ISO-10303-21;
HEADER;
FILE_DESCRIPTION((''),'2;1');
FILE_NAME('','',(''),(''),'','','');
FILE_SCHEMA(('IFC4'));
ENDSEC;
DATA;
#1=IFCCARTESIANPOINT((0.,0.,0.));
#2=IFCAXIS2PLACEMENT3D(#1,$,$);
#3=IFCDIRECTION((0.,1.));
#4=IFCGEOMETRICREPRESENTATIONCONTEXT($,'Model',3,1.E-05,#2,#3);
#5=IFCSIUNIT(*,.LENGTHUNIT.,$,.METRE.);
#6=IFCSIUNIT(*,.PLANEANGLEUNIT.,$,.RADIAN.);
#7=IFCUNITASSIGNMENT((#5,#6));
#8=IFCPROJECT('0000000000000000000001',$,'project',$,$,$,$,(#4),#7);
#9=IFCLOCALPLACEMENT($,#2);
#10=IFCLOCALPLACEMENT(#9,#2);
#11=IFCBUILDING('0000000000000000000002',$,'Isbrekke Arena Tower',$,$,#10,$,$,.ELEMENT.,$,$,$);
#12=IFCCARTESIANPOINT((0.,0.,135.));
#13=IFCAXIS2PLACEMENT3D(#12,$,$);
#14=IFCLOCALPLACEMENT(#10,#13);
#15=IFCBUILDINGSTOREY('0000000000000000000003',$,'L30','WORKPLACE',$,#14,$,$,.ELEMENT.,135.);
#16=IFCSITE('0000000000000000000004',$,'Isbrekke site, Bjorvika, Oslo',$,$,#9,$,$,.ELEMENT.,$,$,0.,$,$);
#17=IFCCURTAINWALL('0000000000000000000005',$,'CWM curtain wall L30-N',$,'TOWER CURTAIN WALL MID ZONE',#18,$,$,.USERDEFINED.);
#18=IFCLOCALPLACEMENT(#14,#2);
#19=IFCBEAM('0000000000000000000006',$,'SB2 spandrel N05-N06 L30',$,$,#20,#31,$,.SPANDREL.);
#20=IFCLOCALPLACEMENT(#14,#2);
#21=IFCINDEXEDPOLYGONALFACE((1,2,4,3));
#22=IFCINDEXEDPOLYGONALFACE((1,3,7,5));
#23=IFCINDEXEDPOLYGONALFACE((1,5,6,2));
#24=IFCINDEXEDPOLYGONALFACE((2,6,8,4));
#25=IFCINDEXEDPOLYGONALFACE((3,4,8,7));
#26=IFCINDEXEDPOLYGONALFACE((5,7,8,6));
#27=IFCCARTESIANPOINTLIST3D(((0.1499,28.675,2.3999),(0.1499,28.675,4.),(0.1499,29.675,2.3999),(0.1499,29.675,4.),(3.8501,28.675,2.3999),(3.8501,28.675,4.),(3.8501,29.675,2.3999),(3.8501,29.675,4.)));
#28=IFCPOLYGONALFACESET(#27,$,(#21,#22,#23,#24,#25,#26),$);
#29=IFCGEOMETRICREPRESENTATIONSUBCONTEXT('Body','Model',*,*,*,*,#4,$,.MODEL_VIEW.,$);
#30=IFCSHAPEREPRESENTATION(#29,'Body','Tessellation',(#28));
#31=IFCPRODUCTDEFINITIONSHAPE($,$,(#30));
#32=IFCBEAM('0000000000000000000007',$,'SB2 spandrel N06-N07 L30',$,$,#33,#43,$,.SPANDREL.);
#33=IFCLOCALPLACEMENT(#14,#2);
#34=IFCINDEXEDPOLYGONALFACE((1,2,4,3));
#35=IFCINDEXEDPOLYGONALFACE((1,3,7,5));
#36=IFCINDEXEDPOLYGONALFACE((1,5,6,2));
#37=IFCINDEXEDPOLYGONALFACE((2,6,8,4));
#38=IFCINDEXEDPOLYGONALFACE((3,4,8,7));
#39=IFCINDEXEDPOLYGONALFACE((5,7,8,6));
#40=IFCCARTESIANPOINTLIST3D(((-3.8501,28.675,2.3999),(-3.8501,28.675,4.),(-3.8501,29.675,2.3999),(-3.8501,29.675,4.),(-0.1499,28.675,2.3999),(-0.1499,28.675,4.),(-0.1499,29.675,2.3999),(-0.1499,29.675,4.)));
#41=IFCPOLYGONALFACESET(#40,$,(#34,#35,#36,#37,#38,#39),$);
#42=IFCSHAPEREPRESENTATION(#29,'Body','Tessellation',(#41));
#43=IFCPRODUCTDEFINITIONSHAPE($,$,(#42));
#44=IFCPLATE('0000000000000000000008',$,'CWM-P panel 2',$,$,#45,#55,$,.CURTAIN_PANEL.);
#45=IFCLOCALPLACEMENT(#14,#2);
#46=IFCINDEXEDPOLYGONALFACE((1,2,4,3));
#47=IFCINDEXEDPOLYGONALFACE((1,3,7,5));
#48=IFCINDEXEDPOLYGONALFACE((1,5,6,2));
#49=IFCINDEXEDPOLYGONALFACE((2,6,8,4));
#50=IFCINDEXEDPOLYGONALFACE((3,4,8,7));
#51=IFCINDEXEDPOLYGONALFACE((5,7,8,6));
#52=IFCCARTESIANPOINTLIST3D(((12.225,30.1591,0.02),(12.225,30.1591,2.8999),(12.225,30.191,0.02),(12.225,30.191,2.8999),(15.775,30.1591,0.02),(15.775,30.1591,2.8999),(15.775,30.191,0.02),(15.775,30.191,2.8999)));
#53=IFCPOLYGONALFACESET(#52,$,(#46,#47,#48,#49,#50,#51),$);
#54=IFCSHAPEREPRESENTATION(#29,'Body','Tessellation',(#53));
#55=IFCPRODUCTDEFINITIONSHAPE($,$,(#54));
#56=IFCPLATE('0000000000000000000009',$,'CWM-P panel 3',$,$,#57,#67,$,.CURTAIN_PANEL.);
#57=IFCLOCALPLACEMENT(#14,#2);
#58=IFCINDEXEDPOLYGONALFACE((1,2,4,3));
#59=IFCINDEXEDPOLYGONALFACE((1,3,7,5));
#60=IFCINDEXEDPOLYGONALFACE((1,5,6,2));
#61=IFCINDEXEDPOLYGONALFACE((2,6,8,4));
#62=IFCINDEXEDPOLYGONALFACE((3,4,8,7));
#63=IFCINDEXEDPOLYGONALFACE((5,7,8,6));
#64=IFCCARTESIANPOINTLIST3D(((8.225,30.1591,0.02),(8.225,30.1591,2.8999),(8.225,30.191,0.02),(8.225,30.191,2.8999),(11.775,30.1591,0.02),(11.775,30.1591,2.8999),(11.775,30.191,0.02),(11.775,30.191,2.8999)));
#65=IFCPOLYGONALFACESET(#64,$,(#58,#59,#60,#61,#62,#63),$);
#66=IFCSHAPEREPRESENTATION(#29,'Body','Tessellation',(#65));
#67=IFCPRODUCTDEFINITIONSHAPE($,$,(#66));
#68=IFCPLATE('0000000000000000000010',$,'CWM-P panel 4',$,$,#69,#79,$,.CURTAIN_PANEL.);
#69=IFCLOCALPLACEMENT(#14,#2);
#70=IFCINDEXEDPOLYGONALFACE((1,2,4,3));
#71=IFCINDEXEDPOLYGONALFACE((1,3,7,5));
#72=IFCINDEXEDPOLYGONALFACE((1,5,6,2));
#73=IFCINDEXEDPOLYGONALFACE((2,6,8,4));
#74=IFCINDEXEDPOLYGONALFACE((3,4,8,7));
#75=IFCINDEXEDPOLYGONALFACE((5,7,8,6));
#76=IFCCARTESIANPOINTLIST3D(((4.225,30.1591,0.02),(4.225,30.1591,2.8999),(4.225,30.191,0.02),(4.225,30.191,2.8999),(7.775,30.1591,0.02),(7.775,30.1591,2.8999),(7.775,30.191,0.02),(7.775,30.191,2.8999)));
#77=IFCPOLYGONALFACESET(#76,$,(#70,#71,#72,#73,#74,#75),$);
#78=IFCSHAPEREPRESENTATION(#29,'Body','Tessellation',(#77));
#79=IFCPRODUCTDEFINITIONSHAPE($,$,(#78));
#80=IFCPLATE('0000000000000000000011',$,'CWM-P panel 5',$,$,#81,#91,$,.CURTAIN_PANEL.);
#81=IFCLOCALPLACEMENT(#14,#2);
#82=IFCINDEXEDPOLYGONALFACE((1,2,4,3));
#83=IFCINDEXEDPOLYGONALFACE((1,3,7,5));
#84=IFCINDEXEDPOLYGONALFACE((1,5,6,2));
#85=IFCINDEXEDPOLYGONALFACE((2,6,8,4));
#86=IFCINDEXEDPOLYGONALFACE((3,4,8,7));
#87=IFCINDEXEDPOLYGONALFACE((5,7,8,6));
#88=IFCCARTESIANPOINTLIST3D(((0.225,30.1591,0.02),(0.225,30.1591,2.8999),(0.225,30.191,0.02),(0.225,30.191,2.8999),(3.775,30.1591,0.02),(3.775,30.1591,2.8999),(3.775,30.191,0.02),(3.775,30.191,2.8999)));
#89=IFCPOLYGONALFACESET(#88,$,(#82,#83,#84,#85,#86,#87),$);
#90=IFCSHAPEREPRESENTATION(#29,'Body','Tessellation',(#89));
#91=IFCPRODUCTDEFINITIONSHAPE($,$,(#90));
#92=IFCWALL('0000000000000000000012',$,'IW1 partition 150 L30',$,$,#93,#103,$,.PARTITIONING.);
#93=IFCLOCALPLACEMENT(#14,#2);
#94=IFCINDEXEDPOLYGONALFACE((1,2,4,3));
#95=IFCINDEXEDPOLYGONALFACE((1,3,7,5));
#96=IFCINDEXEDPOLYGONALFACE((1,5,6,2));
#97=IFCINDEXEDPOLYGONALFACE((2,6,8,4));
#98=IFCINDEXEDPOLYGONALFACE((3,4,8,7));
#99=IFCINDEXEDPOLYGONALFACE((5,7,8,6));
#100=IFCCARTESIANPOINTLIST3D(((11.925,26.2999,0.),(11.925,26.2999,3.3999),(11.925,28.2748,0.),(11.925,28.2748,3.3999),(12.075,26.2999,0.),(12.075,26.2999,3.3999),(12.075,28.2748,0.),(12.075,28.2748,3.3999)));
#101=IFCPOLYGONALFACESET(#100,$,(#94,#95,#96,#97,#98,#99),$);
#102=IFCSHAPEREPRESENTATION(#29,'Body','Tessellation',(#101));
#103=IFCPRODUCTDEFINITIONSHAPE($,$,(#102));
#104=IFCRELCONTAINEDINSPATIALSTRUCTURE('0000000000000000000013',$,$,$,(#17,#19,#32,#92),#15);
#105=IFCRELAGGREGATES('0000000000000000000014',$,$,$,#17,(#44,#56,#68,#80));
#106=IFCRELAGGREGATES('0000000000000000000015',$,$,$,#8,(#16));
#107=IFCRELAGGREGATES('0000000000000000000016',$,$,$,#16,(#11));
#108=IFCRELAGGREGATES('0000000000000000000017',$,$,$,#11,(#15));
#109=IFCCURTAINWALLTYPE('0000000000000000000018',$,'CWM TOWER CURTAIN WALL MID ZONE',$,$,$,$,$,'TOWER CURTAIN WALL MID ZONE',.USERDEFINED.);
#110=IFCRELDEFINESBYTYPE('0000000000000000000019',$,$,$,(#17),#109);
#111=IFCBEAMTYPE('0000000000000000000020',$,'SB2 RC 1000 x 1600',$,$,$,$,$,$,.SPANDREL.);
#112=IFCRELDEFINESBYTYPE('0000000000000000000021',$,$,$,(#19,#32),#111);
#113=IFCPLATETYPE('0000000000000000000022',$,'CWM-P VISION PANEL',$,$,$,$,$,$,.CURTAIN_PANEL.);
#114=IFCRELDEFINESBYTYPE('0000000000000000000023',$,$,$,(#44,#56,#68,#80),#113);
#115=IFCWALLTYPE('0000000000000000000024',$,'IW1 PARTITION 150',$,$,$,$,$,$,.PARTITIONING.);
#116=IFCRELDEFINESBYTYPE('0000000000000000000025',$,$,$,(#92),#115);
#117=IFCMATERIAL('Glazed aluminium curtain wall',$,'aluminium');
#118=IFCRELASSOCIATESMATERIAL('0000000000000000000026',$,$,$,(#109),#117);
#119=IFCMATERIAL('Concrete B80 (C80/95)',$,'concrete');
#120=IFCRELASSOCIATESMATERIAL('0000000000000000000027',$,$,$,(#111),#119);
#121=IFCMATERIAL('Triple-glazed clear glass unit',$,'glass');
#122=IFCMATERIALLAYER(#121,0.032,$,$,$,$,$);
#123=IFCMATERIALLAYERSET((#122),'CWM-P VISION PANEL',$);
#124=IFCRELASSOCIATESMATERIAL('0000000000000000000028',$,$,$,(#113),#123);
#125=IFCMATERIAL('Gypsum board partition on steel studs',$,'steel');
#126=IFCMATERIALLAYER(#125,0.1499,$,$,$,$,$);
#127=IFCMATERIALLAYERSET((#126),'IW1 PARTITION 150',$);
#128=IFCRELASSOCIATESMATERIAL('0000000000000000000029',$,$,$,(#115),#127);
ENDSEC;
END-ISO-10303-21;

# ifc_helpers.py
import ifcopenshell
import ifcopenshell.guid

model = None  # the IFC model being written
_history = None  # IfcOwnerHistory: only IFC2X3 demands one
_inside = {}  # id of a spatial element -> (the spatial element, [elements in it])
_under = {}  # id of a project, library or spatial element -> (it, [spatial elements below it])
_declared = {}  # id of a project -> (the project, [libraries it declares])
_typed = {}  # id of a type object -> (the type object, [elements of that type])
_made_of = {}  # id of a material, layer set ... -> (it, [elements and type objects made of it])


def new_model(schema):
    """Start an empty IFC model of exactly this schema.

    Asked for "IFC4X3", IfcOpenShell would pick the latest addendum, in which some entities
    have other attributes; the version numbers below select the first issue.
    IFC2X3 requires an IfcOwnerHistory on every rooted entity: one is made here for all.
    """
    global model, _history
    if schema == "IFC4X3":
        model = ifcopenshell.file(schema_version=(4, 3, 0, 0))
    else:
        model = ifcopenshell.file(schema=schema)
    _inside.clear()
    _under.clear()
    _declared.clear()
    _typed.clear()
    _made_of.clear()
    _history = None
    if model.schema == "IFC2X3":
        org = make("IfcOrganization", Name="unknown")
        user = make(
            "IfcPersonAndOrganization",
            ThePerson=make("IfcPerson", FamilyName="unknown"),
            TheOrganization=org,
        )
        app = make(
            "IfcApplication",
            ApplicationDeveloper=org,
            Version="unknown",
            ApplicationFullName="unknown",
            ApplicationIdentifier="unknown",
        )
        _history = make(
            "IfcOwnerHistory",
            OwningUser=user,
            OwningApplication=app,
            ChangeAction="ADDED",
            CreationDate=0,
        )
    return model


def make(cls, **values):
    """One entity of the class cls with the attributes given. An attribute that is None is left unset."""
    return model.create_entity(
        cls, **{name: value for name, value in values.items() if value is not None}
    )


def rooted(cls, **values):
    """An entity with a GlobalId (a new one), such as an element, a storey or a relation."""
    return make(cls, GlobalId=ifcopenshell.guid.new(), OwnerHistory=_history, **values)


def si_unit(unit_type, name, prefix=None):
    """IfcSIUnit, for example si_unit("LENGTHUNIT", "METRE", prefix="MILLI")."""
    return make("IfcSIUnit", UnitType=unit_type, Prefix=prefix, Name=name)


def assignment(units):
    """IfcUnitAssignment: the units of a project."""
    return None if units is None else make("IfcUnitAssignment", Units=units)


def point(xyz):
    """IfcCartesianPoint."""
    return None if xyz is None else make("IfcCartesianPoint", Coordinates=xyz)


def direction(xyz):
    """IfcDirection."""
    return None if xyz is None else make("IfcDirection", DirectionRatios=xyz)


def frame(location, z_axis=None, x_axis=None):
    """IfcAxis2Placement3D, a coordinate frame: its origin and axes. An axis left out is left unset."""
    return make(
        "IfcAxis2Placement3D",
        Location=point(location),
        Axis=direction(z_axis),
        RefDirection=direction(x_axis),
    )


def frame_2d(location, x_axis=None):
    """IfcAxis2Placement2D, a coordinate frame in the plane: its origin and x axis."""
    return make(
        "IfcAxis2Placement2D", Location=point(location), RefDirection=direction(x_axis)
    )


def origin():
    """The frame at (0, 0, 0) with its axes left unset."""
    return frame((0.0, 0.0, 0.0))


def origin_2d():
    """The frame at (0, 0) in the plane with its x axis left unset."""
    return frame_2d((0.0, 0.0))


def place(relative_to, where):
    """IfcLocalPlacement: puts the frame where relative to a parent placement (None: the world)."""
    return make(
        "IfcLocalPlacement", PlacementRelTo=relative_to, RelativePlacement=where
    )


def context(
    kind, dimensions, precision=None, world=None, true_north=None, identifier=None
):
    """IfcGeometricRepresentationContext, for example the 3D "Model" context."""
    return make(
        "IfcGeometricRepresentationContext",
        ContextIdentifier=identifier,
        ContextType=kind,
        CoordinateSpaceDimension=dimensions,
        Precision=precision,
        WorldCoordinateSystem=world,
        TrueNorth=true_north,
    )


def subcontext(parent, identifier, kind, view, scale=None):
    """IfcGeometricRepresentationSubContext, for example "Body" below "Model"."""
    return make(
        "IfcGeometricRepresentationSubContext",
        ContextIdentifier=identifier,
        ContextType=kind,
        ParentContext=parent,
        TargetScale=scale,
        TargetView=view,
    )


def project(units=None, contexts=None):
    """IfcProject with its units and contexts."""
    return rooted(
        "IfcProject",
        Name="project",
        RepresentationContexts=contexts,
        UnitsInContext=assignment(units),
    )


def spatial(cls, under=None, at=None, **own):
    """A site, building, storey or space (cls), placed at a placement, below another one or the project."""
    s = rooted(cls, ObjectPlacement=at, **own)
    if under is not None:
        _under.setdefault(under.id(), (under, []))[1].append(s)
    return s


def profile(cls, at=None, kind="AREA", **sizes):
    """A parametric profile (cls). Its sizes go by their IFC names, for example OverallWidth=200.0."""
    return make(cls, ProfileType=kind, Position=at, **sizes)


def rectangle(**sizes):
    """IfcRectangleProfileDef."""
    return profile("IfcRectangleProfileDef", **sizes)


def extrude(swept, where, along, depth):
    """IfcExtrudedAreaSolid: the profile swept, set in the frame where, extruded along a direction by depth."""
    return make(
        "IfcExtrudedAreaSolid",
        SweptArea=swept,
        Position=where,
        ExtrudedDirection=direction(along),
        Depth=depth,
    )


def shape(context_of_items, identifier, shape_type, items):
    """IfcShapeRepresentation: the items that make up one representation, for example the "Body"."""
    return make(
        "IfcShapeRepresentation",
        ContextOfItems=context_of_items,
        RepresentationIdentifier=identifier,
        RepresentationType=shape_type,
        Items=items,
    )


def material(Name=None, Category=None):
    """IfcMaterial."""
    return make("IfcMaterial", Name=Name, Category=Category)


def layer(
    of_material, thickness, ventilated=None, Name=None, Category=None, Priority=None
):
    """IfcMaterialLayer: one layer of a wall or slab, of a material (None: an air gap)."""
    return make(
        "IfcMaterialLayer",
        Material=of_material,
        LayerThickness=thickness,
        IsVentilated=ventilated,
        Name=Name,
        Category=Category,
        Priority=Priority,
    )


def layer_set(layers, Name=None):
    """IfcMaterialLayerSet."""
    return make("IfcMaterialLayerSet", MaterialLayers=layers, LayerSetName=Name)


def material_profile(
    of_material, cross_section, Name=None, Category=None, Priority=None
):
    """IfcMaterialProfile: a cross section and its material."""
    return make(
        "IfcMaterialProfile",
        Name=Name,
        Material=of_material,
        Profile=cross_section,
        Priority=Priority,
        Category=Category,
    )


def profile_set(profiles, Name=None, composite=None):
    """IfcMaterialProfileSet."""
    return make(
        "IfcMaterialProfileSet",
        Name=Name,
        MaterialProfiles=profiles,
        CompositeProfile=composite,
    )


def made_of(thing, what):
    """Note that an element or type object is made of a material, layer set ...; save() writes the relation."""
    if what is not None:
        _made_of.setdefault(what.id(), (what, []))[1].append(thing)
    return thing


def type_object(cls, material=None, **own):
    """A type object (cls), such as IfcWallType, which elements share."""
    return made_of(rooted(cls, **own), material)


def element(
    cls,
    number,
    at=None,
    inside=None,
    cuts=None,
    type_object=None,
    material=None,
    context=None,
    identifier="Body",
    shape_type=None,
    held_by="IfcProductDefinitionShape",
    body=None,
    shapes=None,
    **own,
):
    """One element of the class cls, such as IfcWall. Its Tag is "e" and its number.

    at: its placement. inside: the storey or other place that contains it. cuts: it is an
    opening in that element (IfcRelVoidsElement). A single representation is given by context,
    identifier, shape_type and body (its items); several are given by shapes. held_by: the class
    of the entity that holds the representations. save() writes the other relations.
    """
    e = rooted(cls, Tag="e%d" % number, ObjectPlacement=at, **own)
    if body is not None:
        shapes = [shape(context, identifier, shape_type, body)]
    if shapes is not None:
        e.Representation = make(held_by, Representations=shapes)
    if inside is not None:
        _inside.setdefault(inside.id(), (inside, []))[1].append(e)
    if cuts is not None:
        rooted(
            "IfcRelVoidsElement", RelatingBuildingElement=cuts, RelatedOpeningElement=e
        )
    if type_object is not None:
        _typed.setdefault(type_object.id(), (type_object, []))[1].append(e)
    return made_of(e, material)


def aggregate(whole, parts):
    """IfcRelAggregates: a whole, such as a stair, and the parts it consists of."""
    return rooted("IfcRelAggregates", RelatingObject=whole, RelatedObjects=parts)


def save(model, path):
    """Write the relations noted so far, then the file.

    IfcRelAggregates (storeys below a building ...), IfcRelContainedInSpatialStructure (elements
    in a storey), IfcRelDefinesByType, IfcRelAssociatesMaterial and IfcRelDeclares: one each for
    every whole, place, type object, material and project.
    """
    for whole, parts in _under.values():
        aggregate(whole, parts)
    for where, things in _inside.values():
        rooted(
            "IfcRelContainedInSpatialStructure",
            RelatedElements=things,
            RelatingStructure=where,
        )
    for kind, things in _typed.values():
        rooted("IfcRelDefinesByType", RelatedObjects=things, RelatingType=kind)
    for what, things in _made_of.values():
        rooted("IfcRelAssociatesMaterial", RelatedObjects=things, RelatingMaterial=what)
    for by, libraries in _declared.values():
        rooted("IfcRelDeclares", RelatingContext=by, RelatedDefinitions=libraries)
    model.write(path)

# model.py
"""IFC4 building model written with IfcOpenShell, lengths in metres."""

from ifc_helpers import new_model, si_unit, direction, frame, frame_2d, origin, origin_2d, place, context, subcontext, project, spatial, rectangle, extrude, material, layer, layer_set, material_profile, profile_set, type_object, element, aggregate, save


model = new_model("IFC4")

# Units and contexts
model_context = context("Model", 3, precision=1e-05, world=origin(), true_north=direction((0.0, 1.0)))
body_context = subcontext(model_context, "Body", "Model", "MODEL_VIEW")
ifc_project = project(units=[si_unit("LENGTHUNIT", "METRE"), si_unit("PLANEANGLEUNIT", "RADIAN")], contexts=[model_context])

# Site, building, storey
site_placement = place(None, origin())
site = spatial("IfcSite", under=ifc_project, at=site_placement, Name="Isbrekke site, Bjorvika, Oslo", CompositionType="ELEMENT", RefElevation=0.0)
building_placement = place(site_placement, origin())
building = spatial("IfcBuilding", under=site, at=building_placement, Name="Isbrekke Arena Tower", CompositionType="ELEMENT")
storey_placement = place(building_placement, frame((0.0, 0.0, 135.0)))
storey = spatial("IfcBuildingStorey", under=building, at=storey_placement, Name="L30", Description="WORKPLACE", CompositionType="ELEMENT", Elevation=135.0)

# Curtain wall
ifc_material_1 = material(Name="Glazed aluminium curtain wall", Category="aluminium")
curtain_wall_type = type_object("IfcCurtainWallType", Name="CWM TOWER CURTAIN WALL MID ZONE", ElementType="TOWER CURTAIN WALL MID ZONE", PredefinedType="USERDEFINED", material=ifc_material_1)
curtain_wall_placement = place(storey_placement, origin())
curtain_wall = element("IfcCurtainWall", 1, at=curtain_wall_placement, inside=storey, type_object=curtain_wall_type, Name="CWM curtain wall L30-N", ObjectType="TOWER CURTAIN WALL MID ZONE", PredefinedType="USERDEFINED")

# Beams
ifc_material_2 = material(Name="Concrete B80 (C80/95)", Category="concrete")
ifc_material_profile_1 = material_profile(ifc_material_2, rectangle(XDim=1.0, YDim=1.6001, at=origin_2d()), Name="RC 1000x1600")
ifc_profile_set_1 = profile_set([ifc_material_profile_1], Name="Concrete B80 (C80/95)")
beam_type_1 = type_object("IfcBeamType", Name="SB2 RC 1000 x 1600", PredefinedType="SPANDREL", material=ifc_profile_set_1)
for number, where, z_axis, x_axis, name in (
    (2, (3.8501, 29.175, 3.2), (-1.0, 0.0, 0.0), (0.0, -1.0, 0.0), "SB2 spandrel N05-N06 L30"),
    (3, (-0.1499, 29.175, 3.2), (-1.0, 0.0, 0.0), (0.0, -1.0, 0.0), "SB2 spandrel N06-N07 L30"),
):
    element("IfcBeam", number, at=place(storey_placement, frame(where, z_axis=z_axis, x_axis=x_axis)), inside=storey, type_object=beam_type_1, Name=name, PredefinedType="SPANDREL", context=body_context, shape_type="SweptSolid", body=[
        extrude(rectangle(XDim=1.0, YDim=1.6001, at=origin_2d()), origin(), (0.0, 0.0, 1.0), 3.7002),
    ])

# Plates
ifc_material_3 = material(Name="Triple-glazed clear glass unit", Category="glass")
ifc_layer_1 = layer(ifc_material_3, 0.032)
ifc_layer_set_1 = layer_set([ifc_layer_1], Name="CWM-P VISION PANEL")
plate_type = type_object("IfcPlateType", Name="CWM-P VISION PANEL", PredefinedType="CURTAIN_PANEL", material=ifc_layer_set_1)
plate_1_placement = place(storey_placement, frame((14.0, 30.175, 0.02), z_axis=(0.0, 0.0, 1.0), x_axis=(-1.0, 0.0, 0.0)))
plate_1 = element("IfcPlate", 4, at=plate_1_placement, type_object=plate_type, Name="CWM-P panel 2", PredefinedType="CURTAIN_PANEL", context=body_context, shape_type="SweptSolid", body=[
    extrude(rectangle(XDim=3.55, YDim=0.032, at=origin_2d()), origin(), (0.0, 0.0, 1.0), 2.8799),
])
plate_2_placement = place(storey_placement, frame((10.0, 30.175, 0.02), z_axis=(0.0, 0.0, 1.0), x_axis=(-1.0, 0.0, 0.0)))
plate_2 = element("IfcPlate", 5, at=plate_2_placement, type_object=plate_type, Name="CWM-P panel 3", PredefinedType="CURTAIN_PANEL", context=body_context, shape_type="SweptSolid", body=[
    extrude(rectangle(XDim=3.55, YDim=0.032, at=origin_2d()), origin(), (0.0, 0.0, 1.0), 2.8799),
])
plate_3_placement = place(storey_placement, frame((6.0, 30.175, 0.02), z_axis=(0.0, 0.0, 1.0), x_axis=(-1.0, 0.0, 0.0)))
plate_3 = element("IfcPlate", 6, at=plate_3_placement, type_object=plate_type, Name="CWM-P panel 4", PredefinedType="CURTAIN_PANEL", context=body_context, shape_type="SweptSolid", body=[
    extrude(rectangle(XDim=3.55, YDim=0.032, at=origin_2d()), origin(), (0.0, 0.0, 1.0), 2.8799),
])
plate_4_placement = place(storey_placement, frame((2.0, 30.175, 0.02), z_axis=(0.0, 0.0, 1.0), x_axis=(-1.0, 0.0, 0.0)))
plate_4 = element("IfcPlate", 7, at=plate_4_placement, type_object=plate_type, Name="CWM-P panel 5", PredefinedType="CURTAIN_PANEL", context=body_context, shape_type="SweptSolid", body=[
    extrude(rectangle(XDim=3.55, YDim=0.032, at=origin_2d()), origin(), (0.0, 0.0, 1.0), 2.8799),
])
aggregate(curtain_wall, [plate_1, plate_2, plate_3, plate_4])

# Wall
ifc_material_4 = material(Name="Gypsum board partition on steel studs", Category="steel")
ifc_layer_2 = layer(ifc_material_4, 0.1499)
ifc_layer_set_2 = layer_set([ifc_layer_2], Name="IW1 PARTITION 150")
wall_type = type_object("IfcWallType", Name="IW1 PARTITION 150", PredefinedType="PARTITIONING", material=ifc_layer_set_2)
wall_placement = place(storey_placement, frame((12.0, 26.3, 0.0), z_axis=(0.0, 0.0, 1.0), x_axis=(0.0, 1.0, 0.0)))
element("IfcWall", 8, at=wall_placement, inside=storey, type_object=wall_type, Name="IW1 partition 150 L30", PredefinedType="PARTITIONING", context=body_context, shape_type="SweptSolid", body=[
    extrude(rectangle(XDim=1.9749, YDim=0.1499, at=frame_2d((0.9873, 0.0))), origin(), (0.0, 0.0, 1.0), 3.3999),
])

save(model, "model.ifc")
